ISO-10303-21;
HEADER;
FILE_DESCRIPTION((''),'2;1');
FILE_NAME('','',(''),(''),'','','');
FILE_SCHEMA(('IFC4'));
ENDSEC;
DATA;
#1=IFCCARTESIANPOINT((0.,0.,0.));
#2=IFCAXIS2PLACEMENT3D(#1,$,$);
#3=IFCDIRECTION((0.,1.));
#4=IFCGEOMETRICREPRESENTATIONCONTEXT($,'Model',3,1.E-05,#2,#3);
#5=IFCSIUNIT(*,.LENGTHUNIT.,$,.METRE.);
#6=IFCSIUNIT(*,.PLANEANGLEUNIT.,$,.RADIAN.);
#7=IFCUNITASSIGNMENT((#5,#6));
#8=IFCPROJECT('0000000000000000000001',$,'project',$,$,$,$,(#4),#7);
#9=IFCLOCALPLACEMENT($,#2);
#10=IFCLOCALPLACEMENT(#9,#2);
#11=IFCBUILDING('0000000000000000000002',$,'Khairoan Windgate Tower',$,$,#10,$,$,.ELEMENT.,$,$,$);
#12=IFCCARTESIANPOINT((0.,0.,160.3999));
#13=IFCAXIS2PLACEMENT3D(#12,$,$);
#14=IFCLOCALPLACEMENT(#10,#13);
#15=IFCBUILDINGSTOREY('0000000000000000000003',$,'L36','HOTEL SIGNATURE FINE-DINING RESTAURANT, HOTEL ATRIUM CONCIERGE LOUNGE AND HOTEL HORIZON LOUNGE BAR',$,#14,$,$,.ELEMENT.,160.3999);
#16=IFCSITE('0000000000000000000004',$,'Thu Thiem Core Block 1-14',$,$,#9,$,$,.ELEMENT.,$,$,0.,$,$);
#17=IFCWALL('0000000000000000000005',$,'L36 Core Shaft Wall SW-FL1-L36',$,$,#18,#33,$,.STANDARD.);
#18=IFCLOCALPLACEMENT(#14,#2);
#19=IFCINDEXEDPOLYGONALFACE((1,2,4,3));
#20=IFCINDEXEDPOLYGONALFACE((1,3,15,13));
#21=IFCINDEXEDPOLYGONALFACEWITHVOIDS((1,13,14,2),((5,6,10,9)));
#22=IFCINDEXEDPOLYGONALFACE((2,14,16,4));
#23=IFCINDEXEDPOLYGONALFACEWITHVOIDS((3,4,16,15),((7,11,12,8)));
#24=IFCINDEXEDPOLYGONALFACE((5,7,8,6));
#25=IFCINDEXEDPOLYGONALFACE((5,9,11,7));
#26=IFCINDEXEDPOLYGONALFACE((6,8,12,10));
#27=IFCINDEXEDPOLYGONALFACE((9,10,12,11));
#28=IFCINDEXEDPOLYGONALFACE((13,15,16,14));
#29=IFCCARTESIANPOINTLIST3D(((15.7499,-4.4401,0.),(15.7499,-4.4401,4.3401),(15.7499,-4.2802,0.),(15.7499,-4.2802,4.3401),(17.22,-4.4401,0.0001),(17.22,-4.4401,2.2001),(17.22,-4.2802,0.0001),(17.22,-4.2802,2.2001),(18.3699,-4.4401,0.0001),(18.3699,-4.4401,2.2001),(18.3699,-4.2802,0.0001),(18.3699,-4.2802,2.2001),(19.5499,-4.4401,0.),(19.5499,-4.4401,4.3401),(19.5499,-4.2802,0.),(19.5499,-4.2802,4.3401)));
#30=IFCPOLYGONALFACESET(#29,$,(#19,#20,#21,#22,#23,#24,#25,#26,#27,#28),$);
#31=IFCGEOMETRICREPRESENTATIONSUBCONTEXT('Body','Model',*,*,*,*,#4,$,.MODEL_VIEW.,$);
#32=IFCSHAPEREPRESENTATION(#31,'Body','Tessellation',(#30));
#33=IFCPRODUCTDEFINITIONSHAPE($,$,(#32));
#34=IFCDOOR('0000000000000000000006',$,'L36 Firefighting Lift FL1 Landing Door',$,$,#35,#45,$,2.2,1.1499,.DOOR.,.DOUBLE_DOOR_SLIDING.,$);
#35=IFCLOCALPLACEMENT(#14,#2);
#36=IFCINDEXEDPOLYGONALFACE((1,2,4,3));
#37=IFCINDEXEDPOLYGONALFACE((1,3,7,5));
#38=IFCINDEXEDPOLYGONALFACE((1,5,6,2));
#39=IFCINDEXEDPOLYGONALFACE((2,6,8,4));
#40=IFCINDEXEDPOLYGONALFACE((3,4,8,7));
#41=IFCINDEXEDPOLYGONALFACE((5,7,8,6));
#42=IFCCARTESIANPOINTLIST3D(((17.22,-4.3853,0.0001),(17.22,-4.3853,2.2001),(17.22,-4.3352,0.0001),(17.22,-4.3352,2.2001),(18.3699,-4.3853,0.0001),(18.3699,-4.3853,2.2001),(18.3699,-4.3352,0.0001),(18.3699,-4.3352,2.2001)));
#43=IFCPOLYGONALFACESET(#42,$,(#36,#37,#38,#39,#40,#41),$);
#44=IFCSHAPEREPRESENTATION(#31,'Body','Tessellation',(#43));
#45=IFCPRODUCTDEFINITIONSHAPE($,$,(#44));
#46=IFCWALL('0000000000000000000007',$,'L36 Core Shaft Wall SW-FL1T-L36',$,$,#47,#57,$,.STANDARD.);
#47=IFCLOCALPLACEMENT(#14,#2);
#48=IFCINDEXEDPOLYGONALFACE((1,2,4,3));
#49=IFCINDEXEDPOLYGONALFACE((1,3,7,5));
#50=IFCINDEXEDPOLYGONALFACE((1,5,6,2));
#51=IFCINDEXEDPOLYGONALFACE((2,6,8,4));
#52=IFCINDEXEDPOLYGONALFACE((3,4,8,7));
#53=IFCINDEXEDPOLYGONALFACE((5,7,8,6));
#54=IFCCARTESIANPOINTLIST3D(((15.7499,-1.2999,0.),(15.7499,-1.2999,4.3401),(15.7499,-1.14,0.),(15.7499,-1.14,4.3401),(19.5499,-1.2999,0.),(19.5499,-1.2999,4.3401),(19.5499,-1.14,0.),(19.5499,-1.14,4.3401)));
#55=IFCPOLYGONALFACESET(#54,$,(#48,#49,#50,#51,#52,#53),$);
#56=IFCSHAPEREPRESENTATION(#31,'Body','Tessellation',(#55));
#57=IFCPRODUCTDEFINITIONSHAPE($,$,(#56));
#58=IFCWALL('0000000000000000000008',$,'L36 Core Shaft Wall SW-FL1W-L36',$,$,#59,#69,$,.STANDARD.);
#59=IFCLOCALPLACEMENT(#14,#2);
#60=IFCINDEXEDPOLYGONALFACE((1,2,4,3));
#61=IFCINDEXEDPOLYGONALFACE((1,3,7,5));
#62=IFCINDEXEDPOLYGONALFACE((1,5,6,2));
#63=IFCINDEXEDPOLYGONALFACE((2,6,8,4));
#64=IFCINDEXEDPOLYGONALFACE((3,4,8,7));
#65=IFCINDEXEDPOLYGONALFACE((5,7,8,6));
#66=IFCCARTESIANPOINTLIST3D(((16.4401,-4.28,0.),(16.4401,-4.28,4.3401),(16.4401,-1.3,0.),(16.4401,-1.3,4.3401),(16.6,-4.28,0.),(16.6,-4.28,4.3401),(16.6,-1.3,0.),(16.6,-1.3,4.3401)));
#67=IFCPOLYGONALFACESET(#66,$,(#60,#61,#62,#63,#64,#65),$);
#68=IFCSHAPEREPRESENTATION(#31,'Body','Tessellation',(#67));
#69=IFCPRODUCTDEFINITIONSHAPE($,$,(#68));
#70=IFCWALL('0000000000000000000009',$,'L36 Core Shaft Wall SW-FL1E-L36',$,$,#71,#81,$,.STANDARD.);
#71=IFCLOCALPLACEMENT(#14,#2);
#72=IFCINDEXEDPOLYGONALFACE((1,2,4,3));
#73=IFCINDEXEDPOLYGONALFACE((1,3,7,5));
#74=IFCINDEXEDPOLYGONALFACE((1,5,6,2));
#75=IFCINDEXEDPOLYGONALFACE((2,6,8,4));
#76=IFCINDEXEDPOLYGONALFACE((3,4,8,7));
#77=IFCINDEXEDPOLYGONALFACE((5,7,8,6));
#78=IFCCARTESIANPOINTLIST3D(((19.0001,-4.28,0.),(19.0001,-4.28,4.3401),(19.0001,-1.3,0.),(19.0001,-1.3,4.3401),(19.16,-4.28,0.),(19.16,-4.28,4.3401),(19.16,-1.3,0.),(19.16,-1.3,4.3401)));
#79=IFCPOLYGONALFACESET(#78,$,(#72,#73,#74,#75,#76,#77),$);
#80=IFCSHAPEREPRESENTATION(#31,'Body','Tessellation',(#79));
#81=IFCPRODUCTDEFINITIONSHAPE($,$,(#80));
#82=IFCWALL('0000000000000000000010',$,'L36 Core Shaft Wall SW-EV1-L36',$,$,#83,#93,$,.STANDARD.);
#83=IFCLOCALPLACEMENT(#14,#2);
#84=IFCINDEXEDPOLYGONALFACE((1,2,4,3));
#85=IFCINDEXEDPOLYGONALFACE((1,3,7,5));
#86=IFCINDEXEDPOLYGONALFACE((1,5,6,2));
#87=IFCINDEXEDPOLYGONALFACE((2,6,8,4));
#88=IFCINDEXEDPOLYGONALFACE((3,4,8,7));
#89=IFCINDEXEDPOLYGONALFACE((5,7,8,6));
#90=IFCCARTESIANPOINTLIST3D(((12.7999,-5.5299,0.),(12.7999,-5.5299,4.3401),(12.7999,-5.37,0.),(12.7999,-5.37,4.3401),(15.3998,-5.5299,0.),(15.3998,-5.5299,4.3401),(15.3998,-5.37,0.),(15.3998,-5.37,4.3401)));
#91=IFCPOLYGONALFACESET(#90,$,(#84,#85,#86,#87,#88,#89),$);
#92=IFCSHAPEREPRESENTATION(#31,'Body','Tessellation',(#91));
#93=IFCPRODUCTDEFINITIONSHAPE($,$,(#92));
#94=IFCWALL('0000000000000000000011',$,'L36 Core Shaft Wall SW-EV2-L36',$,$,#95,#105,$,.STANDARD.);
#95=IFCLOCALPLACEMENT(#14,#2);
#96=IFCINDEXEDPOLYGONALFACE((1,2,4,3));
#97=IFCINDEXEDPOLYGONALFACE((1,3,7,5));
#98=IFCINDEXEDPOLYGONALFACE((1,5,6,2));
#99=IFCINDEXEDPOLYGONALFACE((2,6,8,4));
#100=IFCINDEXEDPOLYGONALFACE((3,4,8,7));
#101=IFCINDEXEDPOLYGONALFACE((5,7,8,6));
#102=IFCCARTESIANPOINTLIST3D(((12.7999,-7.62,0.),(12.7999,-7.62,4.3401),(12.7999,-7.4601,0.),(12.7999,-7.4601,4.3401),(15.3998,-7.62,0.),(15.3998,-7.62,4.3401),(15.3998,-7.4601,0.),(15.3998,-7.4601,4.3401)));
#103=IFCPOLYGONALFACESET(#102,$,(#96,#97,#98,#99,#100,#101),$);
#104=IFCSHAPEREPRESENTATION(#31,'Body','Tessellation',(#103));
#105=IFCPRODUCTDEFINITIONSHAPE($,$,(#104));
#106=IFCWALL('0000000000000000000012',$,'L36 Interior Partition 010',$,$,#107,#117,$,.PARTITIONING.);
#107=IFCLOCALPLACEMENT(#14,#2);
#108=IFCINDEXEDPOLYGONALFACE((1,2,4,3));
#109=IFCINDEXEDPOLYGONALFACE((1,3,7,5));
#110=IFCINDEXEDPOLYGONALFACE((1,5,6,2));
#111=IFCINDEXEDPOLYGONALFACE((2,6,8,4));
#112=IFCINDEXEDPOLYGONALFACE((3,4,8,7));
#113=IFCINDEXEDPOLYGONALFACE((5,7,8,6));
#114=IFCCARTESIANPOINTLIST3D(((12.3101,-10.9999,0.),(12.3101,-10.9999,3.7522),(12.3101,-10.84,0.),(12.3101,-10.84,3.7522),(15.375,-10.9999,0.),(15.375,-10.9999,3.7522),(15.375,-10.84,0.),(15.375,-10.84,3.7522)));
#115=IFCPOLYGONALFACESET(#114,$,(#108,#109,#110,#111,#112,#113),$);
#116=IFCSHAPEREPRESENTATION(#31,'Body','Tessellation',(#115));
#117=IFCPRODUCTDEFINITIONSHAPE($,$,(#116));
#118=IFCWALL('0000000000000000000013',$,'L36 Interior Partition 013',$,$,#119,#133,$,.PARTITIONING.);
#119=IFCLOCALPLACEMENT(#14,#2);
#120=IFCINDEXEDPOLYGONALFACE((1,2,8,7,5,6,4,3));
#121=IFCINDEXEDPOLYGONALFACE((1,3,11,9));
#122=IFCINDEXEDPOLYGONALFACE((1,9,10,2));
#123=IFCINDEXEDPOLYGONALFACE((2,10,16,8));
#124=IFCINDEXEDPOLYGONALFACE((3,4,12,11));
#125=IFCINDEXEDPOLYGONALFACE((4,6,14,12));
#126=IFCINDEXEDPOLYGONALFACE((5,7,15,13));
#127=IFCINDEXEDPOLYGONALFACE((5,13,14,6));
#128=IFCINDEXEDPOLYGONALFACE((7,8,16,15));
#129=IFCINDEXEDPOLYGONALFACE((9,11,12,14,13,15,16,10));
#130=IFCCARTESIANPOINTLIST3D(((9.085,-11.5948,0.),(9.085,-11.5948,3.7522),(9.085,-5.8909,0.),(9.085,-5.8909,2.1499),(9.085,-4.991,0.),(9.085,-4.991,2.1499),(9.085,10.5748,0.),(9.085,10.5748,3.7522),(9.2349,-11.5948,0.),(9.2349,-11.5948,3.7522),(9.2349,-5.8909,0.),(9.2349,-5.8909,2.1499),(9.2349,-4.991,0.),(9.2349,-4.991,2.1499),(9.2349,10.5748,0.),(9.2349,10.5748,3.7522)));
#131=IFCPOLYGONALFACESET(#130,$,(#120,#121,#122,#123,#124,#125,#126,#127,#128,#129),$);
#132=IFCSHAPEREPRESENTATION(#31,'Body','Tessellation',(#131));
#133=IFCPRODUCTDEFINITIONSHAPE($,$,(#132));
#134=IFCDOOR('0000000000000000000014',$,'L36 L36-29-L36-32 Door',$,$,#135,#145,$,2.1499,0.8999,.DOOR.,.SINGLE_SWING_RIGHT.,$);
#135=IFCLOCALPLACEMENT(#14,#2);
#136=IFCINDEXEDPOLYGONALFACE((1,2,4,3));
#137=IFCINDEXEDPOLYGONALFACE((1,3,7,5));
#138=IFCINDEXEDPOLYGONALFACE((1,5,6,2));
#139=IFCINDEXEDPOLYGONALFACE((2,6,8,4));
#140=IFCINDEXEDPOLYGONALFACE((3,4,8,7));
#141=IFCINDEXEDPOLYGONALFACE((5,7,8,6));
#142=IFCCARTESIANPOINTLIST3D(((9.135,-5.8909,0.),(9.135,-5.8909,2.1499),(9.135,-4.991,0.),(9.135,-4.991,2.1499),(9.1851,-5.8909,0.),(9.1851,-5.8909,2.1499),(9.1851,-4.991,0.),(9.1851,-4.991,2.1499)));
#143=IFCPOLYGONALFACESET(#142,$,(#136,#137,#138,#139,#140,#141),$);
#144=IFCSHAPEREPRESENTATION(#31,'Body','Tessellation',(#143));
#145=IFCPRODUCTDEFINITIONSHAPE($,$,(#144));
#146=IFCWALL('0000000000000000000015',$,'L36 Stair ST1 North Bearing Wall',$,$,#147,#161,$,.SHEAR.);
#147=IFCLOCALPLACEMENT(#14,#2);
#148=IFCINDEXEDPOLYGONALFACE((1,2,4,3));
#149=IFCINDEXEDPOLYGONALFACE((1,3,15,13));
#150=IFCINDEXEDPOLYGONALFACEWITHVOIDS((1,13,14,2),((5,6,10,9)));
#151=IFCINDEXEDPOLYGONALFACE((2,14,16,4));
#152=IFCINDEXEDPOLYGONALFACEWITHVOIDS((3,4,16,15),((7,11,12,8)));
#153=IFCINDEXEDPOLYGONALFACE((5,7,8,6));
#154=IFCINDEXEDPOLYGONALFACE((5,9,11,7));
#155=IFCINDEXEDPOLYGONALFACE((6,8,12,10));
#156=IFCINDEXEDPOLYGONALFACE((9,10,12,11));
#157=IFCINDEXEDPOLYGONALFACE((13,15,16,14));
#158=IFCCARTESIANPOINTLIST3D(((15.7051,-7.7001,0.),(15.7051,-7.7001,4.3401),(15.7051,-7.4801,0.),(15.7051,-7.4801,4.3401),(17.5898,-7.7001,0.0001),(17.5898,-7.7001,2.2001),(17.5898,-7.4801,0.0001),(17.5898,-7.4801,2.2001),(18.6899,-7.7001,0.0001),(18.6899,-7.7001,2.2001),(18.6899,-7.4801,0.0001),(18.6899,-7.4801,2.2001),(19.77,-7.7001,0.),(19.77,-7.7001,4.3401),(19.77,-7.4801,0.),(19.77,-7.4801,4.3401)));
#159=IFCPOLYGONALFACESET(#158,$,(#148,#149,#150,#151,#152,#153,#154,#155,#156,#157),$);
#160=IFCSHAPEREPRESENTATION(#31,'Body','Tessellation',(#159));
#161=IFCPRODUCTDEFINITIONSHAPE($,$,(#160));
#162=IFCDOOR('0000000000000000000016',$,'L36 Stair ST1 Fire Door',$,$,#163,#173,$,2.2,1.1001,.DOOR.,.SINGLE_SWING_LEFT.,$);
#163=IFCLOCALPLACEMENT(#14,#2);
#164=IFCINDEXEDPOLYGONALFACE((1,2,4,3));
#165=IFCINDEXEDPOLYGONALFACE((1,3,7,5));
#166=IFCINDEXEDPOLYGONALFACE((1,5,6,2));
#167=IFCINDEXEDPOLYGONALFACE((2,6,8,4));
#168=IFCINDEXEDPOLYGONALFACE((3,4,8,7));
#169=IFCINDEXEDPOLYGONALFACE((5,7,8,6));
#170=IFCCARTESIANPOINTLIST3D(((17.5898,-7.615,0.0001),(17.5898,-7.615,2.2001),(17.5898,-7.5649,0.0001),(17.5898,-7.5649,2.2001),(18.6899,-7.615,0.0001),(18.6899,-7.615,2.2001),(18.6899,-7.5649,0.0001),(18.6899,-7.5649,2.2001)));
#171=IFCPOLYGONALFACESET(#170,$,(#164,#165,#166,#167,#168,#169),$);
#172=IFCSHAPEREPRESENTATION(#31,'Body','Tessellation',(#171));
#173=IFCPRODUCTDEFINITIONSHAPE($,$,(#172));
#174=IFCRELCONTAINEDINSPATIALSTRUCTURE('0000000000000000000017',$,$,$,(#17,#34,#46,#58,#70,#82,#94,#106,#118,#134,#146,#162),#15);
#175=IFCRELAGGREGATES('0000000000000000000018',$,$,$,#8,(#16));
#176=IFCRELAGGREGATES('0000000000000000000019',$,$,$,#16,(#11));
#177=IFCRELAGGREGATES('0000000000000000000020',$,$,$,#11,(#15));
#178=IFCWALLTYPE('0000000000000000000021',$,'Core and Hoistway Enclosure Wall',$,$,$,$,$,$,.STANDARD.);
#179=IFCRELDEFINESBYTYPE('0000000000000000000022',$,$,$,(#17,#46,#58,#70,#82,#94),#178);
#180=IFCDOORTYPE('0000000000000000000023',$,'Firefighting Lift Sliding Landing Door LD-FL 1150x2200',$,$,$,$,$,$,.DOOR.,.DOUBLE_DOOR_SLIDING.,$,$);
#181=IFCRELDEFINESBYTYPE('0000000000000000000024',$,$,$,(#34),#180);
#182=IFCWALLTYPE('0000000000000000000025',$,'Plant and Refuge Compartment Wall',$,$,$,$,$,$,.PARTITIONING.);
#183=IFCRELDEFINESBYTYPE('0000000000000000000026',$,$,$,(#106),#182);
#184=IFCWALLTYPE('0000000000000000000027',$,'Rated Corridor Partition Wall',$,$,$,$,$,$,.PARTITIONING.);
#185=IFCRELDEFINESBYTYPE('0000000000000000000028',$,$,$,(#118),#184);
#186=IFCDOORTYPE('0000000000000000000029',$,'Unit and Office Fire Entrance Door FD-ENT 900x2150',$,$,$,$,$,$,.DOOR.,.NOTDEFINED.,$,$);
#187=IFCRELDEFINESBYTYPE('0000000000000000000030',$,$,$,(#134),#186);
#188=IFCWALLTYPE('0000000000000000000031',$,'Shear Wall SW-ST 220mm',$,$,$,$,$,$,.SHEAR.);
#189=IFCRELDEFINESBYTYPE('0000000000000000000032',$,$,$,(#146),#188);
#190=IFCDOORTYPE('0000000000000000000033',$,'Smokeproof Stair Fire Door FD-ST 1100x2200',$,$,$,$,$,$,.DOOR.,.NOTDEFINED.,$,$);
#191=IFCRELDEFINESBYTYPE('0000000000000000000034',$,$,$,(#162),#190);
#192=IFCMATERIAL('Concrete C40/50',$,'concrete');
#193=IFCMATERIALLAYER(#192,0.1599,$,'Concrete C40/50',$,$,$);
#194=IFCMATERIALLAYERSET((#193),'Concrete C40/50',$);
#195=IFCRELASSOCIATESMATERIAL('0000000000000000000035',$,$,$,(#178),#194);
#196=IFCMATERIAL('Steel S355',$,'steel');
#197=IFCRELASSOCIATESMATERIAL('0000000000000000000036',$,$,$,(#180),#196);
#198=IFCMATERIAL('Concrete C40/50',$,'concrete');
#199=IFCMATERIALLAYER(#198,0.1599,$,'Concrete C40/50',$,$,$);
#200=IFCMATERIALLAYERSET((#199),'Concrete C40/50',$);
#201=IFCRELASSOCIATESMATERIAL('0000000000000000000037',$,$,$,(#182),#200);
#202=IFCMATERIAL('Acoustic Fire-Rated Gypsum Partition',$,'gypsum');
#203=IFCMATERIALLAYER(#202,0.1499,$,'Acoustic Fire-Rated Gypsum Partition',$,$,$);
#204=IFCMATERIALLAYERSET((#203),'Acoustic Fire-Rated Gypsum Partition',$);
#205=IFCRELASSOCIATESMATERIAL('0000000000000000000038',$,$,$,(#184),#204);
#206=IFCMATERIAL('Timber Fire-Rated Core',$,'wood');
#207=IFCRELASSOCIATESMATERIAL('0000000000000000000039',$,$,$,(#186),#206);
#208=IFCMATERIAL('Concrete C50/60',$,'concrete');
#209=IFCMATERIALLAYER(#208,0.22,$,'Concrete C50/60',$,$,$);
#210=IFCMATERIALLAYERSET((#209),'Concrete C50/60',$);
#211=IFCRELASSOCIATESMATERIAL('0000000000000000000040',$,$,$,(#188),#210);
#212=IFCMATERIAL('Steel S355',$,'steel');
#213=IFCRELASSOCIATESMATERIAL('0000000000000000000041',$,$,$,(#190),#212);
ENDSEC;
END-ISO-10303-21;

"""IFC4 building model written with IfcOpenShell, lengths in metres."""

from ifc_helpers import new_model, si_unit, direction, frame, frame_2d, origin, place, context, subcontext, project, spatial, rectangle, extrude, material, layer, layer_set, type_object, element, fill, save


model = new_model("IFC4")

# Units and contexts
model_context = context("Model", 3, precision=1e-05, world=origin(), true_north=direction((0.0, 1.0)))
body_context = subcontext(model_context, "Body", "Model", "MODEL_VIEW")
ifc_project = project(units=[si_unit("LENGTHUNIT", "METRE"), si_unit("PLANEANGLEUNIT", "RADIAN")], contexts=[model_context])

# Site, building, storey
site_placement = place(None, origin())
site = spatial("IfcSite", under=ifc_project, at=site_placement, Name="Thu Thiem Core Block 1-14", CompositionType="ELEMENT", RefElevation=0.0)
building_placement = place(site_placement, origin())
building = spatial("IfcBuilding", under=site, at=building_placement, Name="Khairoan Windgate Tower", CompositionType="ELEMENT")
storey_placement = place(building_placement, frame((0.0, 0.0, 160.3999)))
storey = spatial("IfcBuildingStorey", under=building, at=storey_placement, Name="L36", Description="HOTEL SIGNATURE FINE-DINING RESTAURANT, HOTEL ATRIUM CONCIERGE LOUNGE AND HOTEL HORIZON LOUNGE BAR", CompositionType="ELEMENT", Elevation=160.3999)

# Shared definitions
ifc_material_1 = material(Name="Concrete C40/50", Category="concrete")
ifc_layer_1 = layer(ifc_material_1, 0.1599, Name="Concrete C40/50")
ifc_layer_set_1 = layer_set([ifc_layer_1], Name="Concrete C40/50")
wall_type_1 = type_object("IfcWallType", Name="Core and Hoistway Enclosure Wall", PredefinedType="STANDARD", material=ifc_layer_set_1)

# Wall, opening, door
wall_1_placement = place(storey_placement, frame((15.75, -4.3601, 0.0), z_axis=(0.0, 0.0, 1.0), x_axis=(1.0, 0.0, 0.0)))
wall_1 = element("IfcWall", 1, at=wall_1_placement, inside=storey, type_object=wall_type_1, Name="L36 Core Shaft Wall SW-FL1-L36", PredefinedType="STANDARD", context=body_context, shape_type="SweptSolid", body=[
    extrude(rectangle(XDim=3.8, YDim=0.1599, at=frame_2d((1.8999, 0.0))), origin(), (0.0, 0.0, 1.0), 4.3401),
])
opening_1_placement = place(wall_1_placement, frame((1.47, 0.0, 0.0)))
opening_1 = element("IfcOpeningElement", 2, at=opening_1_placement, cuts=wall_1, PredefinedType="OPENING", context=body_context, shape_type="SweptSolid", body=[
    extrude(rectangle(XDim=1.1499, YDim=2.2, at=frame_2d((0.575, 1.1001))), frame((0.0, 0.0898, 0.0), z_axis=(0.0, -1.0, 0.0), x_axis=(1.0, 0.0, 0.0)), (0.0, 0.0, 1.0), 0.1799),
])
ifc_material_2 = material(Name="Steel S355", Category="steel")
door_type_1 = type_object("IfcDoorType", Name="Firefighting Lift Sliding Landing Door LD-FL 1150x2200", OperationType="DOUBLE_DOOR_SLIDING", PredefinedType="DOOR", material=ifc_material_2)
door_1_placement = place(opening_1_placement, origin())
door_1 = element("IfcDoor", 3, at=door_1_placement, inside=storey, type_object=door_type_1, Name="L36 Firefighting Lift FL1 Landing Door", OperationType="DOUBLE_DOOR_SLIDING", OverallHeight=2.2, OverallWidth=1.1499, PredefinedType="DOOR", context=body_context, shape_type="SweptSolid", body=[
    extrude(rectangle(XDim=1.1499, YDim=2.2, at=frame_2d((0.575, 1.1001))), frame((0.0, 0.0249, 0.0), z_axis=(0.0, -1.0, 0.0), x_axis=(1.0, 0.0, 0.0)), (0.0, 0.0, 1.0), 0.05),
])
fill(opening_1, door_1)

# Walls
wall_2_placement = place(storey_placement, frame((15.75, -1.22, 0.0), z_axis=(0.0, 0.0, 1.0), x_axis=(1.0, 0.0, 0.0)))
element("IfcWall", 4, at=wall_2_placement, inside=storey, type_object=wall_type_1, Name="L36 Core Shaft Wall SW-FL1T-L36", PredefinedType="STANDARD", context=body_context, shape_type="SweptSolid", body=[
    extrude(rectangle(XDim=3.8, YDim=0.1599, at=frame_2d((1.8999, 0.0))), origin(), (0.0, 0.0, 1.0), 4.3401),
])
for number, where, z_axis, x_axis, name in (
    (5, (16.52, -4.28, 0.0), (0.0, 0.0, 1.0), (0.0, 1.0, 0.0), "L36 Core Shaft Wall SW-FL1W-L36"),
    (6, (19.0801, -4.28, 0.0), (0.0, 0.0, 1.0), (0.0, 1.0, 0.0), "L36 Core Shaft Wall SW-FL1E-L36"),
):
    element("IfcWall", number, at=place(storey_placement, frame(where, z_axis=z_axis, x_axis=x_axis)), inside=storey, type_object=wall_type_1, Name=name, PredefinedType="STANDARD", context=body_context, shape_type="SweptSolid", body=[
        extrude(rectangle(XDim=2.98, YDim=0.1599, at=frame_2d((1.49, 0.0))), origin(), (0.0, 0.0, 1.0), 4.3401),
    ])
for number, where, z_axis, x_axis, name in (
    (7, (12.8, -5.45, 0.0), (0.0, 0.0, 1.0), (1.0, 0.0, 0.0), "L36 Core Shaft Wall SW-EV1-L36"),
    (8, (12.8, -7.54, 0.0), (0.0, 0.0, 1.0), (1.0, 0.0, 0.0), "L36 Core Shaft Wall SW-EV2-L36"),
):
    element("IfcWall", number, at=place(storey_placement, frame(where, z_axis=z_axis, x_axis=x_axis)), inside=storey, type_object=wall_type_1, Name=name, PredefinedType="STANDARD", context=body_context, shape_type="SweptSolid", body=[
        extrude(rectangle(XDim=2.5999, YDim=0.1599, at=frame_2d((1.2998, 0.0))), origin(), (0.0, 0.0, 1.0), 4.3401),
    ])
ifc_material_3 = material(Name="Concrete C40/50", Category="concrete")
ifc_layer_2 = layer(ifc_material_3, 0.1599, Name="Concrete C40/50")
ifc_layer_set_2 = layer_set([ifc_layer_2], Name="Concrete C40/50")
wall_type_2 = type_object("IfcWallType", Name="Plant and Refuge Compartment Wall", PredefinedType="PARTITIONING", material=ifc_layer_set_2)
wall_3_placement = place(storey_placement, frame((12.3101, -10.9199, 0.0), z_axis=(0.0, 0.0, 1.0), x_axis=(1.0, 0.0, 0.0)))
element("IfcWall", 9, at=wall_3_placement, inside=storey, type_object=wall_type_2, Name="L36 Interior Partition 010", PredefinedType="PARTITIONING", context=body_context, shape_type="SweptSolid", body=[
    extrude(rectangle(XDim=3.0649, YDim=0.1599, at=frame_2d((1.5325, 0.0))), origin(), (0.0, 0.0, 1.0), 3.7522),
])

# Walls, openings, doors
ifc_material_4 = material(Name="Acoustic Fire-Rated Gypsum Partition", Category="gypsum")
ifc_layer_3 = layer(ifc_material_4, 0.1499, Name="Acoustic Fire-Rated Gypsum Partition")
ifc_layer_set_3 = layer_set([ifc_layer_3], Name="Acoustic Fire-Rated Gypsum Partition")
wall_type_3 = type_object("IfcWallType", Name="Rated Corridor Partition Wall", PredefinedType="PARTITIONING", material=ifc_layer_set_3)
wall_4_placement = place(storey_placement, frame((9.1599, -11.595, 0.0), z_axis=(0.0, 0.0, 1.0), x_axis=(0.0, 1.0, 0.0)))
wall_4 = element("IfcWall", 10, at=wall_4_placement, inside=storey, type_object=wall_type_3, Name="L36 Interior Partition 013", PredefinedType="PARTITIONING", context=body_context, shape_type="SweptSolid", body=[
    extrude(rectangle(XDim=22.1697, YDim=0.1499, at=frame_2d((11.085, 0.0))), origin(), (0.0, 0.0, 1.0), 3.7522),
])
opening_2_placement = place(wall_4_placement, frame((5.7041, 0.0, 0.0)))
opening_2 = element("IfcOpeningElement", 11, at=opening_2_placement, cuts=wall_4, PredefinedType="OPENING", context=body_context, shape_type="SweptSolid", body=[
    extrude(rectangle(XDim=0.8999, YDim=2.1499, at=frame_2d((0.45, 1.075))), frame((0.0, 0.085, 0.0), z_axis=(0.0, -1.0, 0.0), x_axis=(1.0, 0.0, 0.0)), (0.0, 0.0, 1.0), 0.1699),
])
ifc_material_5 = material(Name="Timber Fire-Rated Core", Category="wood")
door_type_2 = type_object("IfcDoorType", Name="Unit and Office Fire Entrance Door FD-ENT 900x2150", OperationType="NOTDEFINED", PredefinedType="DOOR", material=ifc_material_5)
door_2_placement = place(opening_2_placement, origin())
door_2 = element("IfcDoor", 12, at=door_2_placement, inside=storey, type_object=door_type_2, Name="L36 L36-29-L36-32 Door", OperationType="SINGLE_SWING_RIGHT", OverallHeight=2.1499, OverallWidth=0.8999, PredefinedType="DOOR", context=body_context, shape_type="SweptSolid", body=[
    extrude(rectangle(XDim=0.8999, YDim=2.1499, at=frame_2d((0.45, 1.075))), frame((0.0, 0.0249, 0.0), z_axis=(0.0, -1.0, 0.0), x_axis=(1.0, 0.0, 0.0)), (0.0, 0.0, 1.0), 0.05),
])
fill(opening_2, door_2)
ifc_material_6 = material(Name="Concrete C50/60", Category="concrete")
ifc_layer_4 = layer(ifc_material_6, 0.22, Name="Concrete C50/60")
ifc_layer_set_4 = layer_set([ifc_layer_4], Name="Concrete C50/60")
wall_type_4 = type_object("IfcWallType", Name="Shear Wall SW-ST 220mm", PredefinedType="SHEAR", material=ifc_layer_set_4)
wall_5_placement = place(storey_placement, frame((19.77, -7.5901, 0.0), z_axis=(0.0, 0.0, 1.0), x_axis=(-1.0, 0.0, 0.0)))
wall_5 = element("IfcWall", 13, at=wall_5_placement, inside=storey, type_object=wall_type_4, Name="L36 Stair ST1 North Bearing Wall", PredefinedType="SHEAR", context=body_context, shape_type="SweptSolid", body=[
    extrude(rectangle(XDim=4.0649, YDim=0.22, at=frame_2d((2.0325, 0.0))), origin(), (0.0, 0.0, 1.0), 4.3401),
])
opening_3_placement = place(wall_5_placement, frame((1.0801, 0.0, 0.0)))
opening_3 = element("IfcOpeningElement", 14, at=opening_3_placement, cuts=wall_5, PredefinedType="OPENING", context=body_context, shape_type="SweptSolid", body=[
    extrude(rectangle(XDim=1.1001, YDim=2.2, at=frame_2d((0.55, 1.1001))), frame((0.0, 0.1199, 0.0), z_axis=(0.0, -1.0, 0.0), x_axis=(1.0, 0.0, 0.0)), (0.0, 0.0, 1.0), 0.24),
])
ifc_material_7 = material(Name="Steel S355", Category="steel")
door_type_3 = type_object("IfcDoorType", Name="Smokeproof Stair Fire Door FD-ST 1100x2200", OperationType="NOTDEFINED", PredefinedType="DOOR", material=ifc_material_7)
door_3_placement = place(opening_3_placement, origin())
door_3 = element("IfcDoor", 15, at=door_3_placement, inside=storey, type_object=door_type_3, Name="L36 Stair ST1 Fire Door", OperationType="SINGLE_SWING_LEFT", OverallHeight=2.2, OverallWidth=1.1001, PredefinedType="DOOR", context=body_context, shape_type="SweptSolid", body=[
    extrude(rectangle(XDim=1.1001, YDim=2.2, at=frame_2d((0.55, 1.1001))), frame((0.0, 0.0249, 0.0), z_axis=(0.0, -1.0, 0.0), x_axis=(1.0, 0.0, 0.0)), (0.0, 0.0, 1.0), 0.05),
])
fill(opening_3, door_3)

save(model, "model.ifc")
